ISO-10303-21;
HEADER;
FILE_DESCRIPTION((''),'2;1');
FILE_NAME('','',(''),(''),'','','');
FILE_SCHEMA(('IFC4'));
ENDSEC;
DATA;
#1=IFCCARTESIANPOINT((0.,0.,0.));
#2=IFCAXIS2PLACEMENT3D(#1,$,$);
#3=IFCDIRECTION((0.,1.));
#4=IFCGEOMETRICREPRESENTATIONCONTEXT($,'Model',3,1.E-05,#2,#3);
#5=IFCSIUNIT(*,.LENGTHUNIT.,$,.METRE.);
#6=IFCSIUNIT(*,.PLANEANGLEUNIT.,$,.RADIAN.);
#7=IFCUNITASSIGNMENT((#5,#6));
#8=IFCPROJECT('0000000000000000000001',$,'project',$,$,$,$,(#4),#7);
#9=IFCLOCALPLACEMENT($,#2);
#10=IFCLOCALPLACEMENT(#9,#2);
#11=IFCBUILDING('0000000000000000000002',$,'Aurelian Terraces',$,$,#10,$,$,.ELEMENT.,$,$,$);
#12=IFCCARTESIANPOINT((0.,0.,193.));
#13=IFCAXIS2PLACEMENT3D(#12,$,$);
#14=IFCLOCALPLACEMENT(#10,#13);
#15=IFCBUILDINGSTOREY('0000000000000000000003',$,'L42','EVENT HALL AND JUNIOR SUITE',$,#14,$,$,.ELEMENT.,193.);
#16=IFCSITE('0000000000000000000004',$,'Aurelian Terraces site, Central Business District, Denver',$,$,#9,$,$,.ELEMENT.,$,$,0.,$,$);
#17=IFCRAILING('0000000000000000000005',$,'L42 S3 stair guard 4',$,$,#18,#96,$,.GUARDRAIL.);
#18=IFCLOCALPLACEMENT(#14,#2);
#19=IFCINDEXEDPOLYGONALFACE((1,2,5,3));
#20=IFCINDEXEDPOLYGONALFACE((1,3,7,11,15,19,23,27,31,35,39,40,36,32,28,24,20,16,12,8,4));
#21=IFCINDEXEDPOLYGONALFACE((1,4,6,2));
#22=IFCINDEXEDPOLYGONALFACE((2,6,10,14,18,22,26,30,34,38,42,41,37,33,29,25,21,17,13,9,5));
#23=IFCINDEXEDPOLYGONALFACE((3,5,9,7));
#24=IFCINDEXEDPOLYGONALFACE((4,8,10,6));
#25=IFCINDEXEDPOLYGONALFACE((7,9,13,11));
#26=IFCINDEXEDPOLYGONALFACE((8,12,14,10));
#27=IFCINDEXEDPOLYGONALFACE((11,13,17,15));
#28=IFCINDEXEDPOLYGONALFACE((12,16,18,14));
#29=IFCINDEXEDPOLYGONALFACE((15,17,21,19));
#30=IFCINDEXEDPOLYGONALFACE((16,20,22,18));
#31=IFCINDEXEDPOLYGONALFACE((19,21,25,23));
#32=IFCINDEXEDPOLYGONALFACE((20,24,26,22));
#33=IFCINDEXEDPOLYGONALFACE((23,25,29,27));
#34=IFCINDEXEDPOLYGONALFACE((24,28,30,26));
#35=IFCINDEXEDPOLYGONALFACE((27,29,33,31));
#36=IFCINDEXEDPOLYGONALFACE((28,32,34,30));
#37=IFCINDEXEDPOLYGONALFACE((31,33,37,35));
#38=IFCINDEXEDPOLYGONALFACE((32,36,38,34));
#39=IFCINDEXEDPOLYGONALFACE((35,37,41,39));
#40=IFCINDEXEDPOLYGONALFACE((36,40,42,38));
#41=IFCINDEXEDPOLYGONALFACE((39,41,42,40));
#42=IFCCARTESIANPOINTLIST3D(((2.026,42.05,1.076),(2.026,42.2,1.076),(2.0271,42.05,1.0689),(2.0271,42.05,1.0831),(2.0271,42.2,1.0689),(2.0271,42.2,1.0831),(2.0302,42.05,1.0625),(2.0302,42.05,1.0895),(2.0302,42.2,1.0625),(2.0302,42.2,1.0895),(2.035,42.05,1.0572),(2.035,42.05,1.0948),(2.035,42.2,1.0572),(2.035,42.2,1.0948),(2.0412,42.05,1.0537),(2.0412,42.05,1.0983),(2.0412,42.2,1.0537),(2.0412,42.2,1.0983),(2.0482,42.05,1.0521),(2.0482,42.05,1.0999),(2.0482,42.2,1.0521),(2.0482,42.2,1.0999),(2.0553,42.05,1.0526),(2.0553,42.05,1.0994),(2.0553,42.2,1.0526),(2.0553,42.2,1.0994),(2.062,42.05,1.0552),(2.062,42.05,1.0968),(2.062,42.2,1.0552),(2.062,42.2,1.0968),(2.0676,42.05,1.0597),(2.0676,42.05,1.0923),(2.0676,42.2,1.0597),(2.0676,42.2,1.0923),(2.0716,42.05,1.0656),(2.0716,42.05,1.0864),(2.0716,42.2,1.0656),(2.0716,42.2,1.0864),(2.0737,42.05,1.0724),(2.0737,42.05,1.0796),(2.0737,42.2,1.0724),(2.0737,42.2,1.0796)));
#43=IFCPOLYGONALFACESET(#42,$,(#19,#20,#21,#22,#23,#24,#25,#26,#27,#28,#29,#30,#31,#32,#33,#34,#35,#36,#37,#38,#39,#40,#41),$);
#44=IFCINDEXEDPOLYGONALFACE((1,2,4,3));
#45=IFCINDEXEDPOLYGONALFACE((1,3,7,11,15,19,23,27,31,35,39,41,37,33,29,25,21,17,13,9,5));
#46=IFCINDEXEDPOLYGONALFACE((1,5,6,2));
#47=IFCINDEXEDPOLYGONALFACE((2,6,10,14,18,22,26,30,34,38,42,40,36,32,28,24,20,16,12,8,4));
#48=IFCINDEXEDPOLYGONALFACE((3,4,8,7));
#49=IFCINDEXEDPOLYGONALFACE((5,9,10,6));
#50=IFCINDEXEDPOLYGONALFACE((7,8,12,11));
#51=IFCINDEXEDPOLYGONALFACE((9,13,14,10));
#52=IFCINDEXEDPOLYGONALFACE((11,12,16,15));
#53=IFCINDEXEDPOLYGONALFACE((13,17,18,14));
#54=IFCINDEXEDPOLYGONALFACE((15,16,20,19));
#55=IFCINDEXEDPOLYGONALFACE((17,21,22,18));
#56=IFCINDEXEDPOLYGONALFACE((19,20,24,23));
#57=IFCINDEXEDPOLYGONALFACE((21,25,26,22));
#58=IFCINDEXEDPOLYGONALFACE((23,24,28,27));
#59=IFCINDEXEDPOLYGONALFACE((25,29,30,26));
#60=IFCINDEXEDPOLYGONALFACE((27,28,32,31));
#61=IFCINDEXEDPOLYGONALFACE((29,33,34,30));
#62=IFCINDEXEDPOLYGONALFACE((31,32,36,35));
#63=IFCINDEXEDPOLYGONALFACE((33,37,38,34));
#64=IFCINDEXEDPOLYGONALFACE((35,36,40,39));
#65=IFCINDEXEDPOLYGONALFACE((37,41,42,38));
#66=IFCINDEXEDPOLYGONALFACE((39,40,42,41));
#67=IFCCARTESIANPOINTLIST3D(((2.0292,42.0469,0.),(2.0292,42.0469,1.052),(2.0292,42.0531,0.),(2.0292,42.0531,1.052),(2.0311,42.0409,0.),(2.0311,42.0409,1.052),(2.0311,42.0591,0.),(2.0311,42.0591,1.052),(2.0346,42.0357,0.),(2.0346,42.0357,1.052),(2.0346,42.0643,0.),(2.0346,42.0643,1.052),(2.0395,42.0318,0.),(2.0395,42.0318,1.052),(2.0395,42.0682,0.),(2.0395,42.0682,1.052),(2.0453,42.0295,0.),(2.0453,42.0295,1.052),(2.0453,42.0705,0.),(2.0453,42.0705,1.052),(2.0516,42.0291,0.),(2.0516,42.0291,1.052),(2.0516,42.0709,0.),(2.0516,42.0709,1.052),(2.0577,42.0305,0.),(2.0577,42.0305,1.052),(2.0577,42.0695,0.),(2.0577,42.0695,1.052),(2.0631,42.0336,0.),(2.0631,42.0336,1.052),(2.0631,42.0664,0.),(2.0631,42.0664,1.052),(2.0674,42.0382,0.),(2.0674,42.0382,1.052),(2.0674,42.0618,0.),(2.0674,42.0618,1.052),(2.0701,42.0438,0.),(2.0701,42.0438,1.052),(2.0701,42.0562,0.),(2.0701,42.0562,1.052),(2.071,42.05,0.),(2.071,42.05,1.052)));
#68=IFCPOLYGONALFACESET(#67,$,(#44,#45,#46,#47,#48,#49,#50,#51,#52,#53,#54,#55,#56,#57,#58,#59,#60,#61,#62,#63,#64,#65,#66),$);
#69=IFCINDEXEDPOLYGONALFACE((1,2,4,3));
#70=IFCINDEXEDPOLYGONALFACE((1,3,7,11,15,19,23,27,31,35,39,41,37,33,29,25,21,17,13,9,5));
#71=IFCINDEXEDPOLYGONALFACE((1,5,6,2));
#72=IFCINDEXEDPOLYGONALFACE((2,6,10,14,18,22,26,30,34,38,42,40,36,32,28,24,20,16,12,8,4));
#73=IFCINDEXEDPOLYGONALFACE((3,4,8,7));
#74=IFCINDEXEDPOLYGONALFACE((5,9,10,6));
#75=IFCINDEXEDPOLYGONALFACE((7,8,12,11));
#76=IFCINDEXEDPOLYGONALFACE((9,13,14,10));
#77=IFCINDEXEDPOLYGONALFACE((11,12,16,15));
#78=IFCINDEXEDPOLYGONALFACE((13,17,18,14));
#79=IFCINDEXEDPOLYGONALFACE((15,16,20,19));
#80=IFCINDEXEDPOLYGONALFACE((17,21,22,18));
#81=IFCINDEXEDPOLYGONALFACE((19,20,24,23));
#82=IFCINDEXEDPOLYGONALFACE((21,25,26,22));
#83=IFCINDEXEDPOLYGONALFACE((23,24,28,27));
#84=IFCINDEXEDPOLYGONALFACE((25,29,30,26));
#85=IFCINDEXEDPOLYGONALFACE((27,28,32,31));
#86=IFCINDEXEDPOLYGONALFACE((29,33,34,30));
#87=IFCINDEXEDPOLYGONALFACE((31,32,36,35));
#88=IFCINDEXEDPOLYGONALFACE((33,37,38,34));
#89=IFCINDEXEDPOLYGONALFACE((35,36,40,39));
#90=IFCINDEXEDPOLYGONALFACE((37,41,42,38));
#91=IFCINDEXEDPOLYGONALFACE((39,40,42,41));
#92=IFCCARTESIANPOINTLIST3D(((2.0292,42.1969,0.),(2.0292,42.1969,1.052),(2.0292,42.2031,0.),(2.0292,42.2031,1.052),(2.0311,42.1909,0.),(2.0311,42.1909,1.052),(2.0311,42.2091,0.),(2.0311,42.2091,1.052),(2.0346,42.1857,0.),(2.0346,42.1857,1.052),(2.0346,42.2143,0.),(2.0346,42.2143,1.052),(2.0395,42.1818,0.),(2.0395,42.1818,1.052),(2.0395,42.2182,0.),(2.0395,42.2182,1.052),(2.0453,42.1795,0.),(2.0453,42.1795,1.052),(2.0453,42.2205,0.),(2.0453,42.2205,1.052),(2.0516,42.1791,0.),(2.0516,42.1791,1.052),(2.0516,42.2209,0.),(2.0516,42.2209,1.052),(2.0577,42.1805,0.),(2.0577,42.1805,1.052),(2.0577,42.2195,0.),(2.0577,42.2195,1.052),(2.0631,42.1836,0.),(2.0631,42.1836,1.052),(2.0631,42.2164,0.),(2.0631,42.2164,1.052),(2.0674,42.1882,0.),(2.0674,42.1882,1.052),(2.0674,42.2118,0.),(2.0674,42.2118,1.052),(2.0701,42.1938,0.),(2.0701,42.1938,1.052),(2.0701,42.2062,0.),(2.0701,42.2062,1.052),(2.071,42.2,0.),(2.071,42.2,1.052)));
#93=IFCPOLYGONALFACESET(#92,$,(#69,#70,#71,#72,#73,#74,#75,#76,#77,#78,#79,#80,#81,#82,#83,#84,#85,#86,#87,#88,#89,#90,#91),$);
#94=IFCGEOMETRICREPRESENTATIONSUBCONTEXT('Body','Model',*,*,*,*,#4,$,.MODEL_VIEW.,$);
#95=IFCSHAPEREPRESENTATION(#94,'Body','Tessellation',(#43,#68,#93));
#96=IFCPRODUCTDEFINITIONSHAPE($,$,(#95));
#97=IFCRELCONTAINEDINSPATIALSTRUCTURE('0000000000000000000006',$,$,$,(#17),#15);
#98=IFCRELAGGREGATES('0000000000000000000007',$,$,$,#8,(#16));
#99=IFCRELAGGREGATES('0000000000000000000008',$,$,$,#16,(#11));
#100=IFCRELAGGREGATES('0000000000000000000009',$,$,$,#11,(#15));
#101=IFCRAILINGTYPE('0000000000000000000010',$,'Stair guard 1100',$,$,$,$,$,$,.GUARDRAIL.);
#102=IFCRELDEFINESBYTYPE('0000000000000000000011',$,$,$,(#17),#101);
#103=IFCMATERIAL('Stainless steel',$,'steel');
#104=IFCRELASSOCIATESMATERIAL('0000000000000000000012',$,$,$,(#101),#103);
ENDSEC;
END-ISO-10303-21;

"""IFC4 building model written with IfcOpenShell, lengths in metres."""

from ifc_helpers import new_model, si_unit, direction, frame, origin, origin_2d, place, context, subcontext, project, spatial, circle, extrude, source, transform, mapped, material, type_object, element, save


model = new_model("IFC4")

# Units and contexts
model_context = context("Model", 3, precision=1e-05, world=origin(), true_north=direction((0.0, 1.0)))
body_context = subcontext(model_context, "Body", "Model", "MODEL_VIEW")
ifc_project = project(units=[si_unit("LENGTHUNIT", "METRE"), si_unit("PLANEANGLEUNIT", "RADIAN")], contexts=[model_context])

# Site, building, storey
site_placement = place(None, origin())
site = spatial("IfcSite", under=ifc_project, at=site_placement, Name="Aurelian Terraces site, Central Business District, Denver", CompositionType="ELEMENT", RefElevation=0.0)
building_placement = place(site_placement, origin())
building = spatial("IfcBuilding", under=site, at=building_placement, Name="Aurelian Terraces", CompositionType="ELEMENT")
storey_placement = place(building_placement, frame((0.0, 0.0, 193.0)))
storey = spatial("IfcBuildingStorey", under=building, at=storey_placement, Name="L42", Description="EVENT HALL AND JUNIOR SUITE", CompositionType="ELEMENT", Elevation=193.0)

# Railing
ifc_material_1 = material(Name="Stainless steel", Category="steel")
railing_type_1 = type_object("IfcRailingType", Name="Stair guard 1100", PredefinedType="GUARDRAIL", material=ifc_material_1)
shared_shape_1 = source(origin(), body_context, "Body", "SweptSolid", [
    extrude(circle(Radius=0.024, at=origin_2d()), frame((0.0, 0.0, 1.076), z_axis=(0.0, 1.0, 0.0), x_axis=(-1.0, 0.0, 0.0)), (0.0, 0.0, 1.0), 0.15),
    extrude(circle(Radius=0.021, at=origin_2d()), origin(), (0.0, 0.0, 1.0), 1.052),
    extrude(circle(Radius=0.021, at=origin_2d()), frame((0.0, 0.15, 0.0)), (0.0, 0.0, 1.0), 1.052),
])
for number, where, name in (
    (1, (2.05, 42.05, 0.0), "L42 S3 stair guard 4"),
):
    element("IfcRailing", number, at=place(storey_placement, frame(where)), inside=storey, type_object=railing_type_1, Name=name, PredefinedType="GUARDRAIL", context=body_context, shape_type="MappedRepresentation", body=[
        mapped(shared_shape_1, transform((0.0, 0.0, 0.0), scale=1.0)),
    ])

save(model, "model.ifc")
